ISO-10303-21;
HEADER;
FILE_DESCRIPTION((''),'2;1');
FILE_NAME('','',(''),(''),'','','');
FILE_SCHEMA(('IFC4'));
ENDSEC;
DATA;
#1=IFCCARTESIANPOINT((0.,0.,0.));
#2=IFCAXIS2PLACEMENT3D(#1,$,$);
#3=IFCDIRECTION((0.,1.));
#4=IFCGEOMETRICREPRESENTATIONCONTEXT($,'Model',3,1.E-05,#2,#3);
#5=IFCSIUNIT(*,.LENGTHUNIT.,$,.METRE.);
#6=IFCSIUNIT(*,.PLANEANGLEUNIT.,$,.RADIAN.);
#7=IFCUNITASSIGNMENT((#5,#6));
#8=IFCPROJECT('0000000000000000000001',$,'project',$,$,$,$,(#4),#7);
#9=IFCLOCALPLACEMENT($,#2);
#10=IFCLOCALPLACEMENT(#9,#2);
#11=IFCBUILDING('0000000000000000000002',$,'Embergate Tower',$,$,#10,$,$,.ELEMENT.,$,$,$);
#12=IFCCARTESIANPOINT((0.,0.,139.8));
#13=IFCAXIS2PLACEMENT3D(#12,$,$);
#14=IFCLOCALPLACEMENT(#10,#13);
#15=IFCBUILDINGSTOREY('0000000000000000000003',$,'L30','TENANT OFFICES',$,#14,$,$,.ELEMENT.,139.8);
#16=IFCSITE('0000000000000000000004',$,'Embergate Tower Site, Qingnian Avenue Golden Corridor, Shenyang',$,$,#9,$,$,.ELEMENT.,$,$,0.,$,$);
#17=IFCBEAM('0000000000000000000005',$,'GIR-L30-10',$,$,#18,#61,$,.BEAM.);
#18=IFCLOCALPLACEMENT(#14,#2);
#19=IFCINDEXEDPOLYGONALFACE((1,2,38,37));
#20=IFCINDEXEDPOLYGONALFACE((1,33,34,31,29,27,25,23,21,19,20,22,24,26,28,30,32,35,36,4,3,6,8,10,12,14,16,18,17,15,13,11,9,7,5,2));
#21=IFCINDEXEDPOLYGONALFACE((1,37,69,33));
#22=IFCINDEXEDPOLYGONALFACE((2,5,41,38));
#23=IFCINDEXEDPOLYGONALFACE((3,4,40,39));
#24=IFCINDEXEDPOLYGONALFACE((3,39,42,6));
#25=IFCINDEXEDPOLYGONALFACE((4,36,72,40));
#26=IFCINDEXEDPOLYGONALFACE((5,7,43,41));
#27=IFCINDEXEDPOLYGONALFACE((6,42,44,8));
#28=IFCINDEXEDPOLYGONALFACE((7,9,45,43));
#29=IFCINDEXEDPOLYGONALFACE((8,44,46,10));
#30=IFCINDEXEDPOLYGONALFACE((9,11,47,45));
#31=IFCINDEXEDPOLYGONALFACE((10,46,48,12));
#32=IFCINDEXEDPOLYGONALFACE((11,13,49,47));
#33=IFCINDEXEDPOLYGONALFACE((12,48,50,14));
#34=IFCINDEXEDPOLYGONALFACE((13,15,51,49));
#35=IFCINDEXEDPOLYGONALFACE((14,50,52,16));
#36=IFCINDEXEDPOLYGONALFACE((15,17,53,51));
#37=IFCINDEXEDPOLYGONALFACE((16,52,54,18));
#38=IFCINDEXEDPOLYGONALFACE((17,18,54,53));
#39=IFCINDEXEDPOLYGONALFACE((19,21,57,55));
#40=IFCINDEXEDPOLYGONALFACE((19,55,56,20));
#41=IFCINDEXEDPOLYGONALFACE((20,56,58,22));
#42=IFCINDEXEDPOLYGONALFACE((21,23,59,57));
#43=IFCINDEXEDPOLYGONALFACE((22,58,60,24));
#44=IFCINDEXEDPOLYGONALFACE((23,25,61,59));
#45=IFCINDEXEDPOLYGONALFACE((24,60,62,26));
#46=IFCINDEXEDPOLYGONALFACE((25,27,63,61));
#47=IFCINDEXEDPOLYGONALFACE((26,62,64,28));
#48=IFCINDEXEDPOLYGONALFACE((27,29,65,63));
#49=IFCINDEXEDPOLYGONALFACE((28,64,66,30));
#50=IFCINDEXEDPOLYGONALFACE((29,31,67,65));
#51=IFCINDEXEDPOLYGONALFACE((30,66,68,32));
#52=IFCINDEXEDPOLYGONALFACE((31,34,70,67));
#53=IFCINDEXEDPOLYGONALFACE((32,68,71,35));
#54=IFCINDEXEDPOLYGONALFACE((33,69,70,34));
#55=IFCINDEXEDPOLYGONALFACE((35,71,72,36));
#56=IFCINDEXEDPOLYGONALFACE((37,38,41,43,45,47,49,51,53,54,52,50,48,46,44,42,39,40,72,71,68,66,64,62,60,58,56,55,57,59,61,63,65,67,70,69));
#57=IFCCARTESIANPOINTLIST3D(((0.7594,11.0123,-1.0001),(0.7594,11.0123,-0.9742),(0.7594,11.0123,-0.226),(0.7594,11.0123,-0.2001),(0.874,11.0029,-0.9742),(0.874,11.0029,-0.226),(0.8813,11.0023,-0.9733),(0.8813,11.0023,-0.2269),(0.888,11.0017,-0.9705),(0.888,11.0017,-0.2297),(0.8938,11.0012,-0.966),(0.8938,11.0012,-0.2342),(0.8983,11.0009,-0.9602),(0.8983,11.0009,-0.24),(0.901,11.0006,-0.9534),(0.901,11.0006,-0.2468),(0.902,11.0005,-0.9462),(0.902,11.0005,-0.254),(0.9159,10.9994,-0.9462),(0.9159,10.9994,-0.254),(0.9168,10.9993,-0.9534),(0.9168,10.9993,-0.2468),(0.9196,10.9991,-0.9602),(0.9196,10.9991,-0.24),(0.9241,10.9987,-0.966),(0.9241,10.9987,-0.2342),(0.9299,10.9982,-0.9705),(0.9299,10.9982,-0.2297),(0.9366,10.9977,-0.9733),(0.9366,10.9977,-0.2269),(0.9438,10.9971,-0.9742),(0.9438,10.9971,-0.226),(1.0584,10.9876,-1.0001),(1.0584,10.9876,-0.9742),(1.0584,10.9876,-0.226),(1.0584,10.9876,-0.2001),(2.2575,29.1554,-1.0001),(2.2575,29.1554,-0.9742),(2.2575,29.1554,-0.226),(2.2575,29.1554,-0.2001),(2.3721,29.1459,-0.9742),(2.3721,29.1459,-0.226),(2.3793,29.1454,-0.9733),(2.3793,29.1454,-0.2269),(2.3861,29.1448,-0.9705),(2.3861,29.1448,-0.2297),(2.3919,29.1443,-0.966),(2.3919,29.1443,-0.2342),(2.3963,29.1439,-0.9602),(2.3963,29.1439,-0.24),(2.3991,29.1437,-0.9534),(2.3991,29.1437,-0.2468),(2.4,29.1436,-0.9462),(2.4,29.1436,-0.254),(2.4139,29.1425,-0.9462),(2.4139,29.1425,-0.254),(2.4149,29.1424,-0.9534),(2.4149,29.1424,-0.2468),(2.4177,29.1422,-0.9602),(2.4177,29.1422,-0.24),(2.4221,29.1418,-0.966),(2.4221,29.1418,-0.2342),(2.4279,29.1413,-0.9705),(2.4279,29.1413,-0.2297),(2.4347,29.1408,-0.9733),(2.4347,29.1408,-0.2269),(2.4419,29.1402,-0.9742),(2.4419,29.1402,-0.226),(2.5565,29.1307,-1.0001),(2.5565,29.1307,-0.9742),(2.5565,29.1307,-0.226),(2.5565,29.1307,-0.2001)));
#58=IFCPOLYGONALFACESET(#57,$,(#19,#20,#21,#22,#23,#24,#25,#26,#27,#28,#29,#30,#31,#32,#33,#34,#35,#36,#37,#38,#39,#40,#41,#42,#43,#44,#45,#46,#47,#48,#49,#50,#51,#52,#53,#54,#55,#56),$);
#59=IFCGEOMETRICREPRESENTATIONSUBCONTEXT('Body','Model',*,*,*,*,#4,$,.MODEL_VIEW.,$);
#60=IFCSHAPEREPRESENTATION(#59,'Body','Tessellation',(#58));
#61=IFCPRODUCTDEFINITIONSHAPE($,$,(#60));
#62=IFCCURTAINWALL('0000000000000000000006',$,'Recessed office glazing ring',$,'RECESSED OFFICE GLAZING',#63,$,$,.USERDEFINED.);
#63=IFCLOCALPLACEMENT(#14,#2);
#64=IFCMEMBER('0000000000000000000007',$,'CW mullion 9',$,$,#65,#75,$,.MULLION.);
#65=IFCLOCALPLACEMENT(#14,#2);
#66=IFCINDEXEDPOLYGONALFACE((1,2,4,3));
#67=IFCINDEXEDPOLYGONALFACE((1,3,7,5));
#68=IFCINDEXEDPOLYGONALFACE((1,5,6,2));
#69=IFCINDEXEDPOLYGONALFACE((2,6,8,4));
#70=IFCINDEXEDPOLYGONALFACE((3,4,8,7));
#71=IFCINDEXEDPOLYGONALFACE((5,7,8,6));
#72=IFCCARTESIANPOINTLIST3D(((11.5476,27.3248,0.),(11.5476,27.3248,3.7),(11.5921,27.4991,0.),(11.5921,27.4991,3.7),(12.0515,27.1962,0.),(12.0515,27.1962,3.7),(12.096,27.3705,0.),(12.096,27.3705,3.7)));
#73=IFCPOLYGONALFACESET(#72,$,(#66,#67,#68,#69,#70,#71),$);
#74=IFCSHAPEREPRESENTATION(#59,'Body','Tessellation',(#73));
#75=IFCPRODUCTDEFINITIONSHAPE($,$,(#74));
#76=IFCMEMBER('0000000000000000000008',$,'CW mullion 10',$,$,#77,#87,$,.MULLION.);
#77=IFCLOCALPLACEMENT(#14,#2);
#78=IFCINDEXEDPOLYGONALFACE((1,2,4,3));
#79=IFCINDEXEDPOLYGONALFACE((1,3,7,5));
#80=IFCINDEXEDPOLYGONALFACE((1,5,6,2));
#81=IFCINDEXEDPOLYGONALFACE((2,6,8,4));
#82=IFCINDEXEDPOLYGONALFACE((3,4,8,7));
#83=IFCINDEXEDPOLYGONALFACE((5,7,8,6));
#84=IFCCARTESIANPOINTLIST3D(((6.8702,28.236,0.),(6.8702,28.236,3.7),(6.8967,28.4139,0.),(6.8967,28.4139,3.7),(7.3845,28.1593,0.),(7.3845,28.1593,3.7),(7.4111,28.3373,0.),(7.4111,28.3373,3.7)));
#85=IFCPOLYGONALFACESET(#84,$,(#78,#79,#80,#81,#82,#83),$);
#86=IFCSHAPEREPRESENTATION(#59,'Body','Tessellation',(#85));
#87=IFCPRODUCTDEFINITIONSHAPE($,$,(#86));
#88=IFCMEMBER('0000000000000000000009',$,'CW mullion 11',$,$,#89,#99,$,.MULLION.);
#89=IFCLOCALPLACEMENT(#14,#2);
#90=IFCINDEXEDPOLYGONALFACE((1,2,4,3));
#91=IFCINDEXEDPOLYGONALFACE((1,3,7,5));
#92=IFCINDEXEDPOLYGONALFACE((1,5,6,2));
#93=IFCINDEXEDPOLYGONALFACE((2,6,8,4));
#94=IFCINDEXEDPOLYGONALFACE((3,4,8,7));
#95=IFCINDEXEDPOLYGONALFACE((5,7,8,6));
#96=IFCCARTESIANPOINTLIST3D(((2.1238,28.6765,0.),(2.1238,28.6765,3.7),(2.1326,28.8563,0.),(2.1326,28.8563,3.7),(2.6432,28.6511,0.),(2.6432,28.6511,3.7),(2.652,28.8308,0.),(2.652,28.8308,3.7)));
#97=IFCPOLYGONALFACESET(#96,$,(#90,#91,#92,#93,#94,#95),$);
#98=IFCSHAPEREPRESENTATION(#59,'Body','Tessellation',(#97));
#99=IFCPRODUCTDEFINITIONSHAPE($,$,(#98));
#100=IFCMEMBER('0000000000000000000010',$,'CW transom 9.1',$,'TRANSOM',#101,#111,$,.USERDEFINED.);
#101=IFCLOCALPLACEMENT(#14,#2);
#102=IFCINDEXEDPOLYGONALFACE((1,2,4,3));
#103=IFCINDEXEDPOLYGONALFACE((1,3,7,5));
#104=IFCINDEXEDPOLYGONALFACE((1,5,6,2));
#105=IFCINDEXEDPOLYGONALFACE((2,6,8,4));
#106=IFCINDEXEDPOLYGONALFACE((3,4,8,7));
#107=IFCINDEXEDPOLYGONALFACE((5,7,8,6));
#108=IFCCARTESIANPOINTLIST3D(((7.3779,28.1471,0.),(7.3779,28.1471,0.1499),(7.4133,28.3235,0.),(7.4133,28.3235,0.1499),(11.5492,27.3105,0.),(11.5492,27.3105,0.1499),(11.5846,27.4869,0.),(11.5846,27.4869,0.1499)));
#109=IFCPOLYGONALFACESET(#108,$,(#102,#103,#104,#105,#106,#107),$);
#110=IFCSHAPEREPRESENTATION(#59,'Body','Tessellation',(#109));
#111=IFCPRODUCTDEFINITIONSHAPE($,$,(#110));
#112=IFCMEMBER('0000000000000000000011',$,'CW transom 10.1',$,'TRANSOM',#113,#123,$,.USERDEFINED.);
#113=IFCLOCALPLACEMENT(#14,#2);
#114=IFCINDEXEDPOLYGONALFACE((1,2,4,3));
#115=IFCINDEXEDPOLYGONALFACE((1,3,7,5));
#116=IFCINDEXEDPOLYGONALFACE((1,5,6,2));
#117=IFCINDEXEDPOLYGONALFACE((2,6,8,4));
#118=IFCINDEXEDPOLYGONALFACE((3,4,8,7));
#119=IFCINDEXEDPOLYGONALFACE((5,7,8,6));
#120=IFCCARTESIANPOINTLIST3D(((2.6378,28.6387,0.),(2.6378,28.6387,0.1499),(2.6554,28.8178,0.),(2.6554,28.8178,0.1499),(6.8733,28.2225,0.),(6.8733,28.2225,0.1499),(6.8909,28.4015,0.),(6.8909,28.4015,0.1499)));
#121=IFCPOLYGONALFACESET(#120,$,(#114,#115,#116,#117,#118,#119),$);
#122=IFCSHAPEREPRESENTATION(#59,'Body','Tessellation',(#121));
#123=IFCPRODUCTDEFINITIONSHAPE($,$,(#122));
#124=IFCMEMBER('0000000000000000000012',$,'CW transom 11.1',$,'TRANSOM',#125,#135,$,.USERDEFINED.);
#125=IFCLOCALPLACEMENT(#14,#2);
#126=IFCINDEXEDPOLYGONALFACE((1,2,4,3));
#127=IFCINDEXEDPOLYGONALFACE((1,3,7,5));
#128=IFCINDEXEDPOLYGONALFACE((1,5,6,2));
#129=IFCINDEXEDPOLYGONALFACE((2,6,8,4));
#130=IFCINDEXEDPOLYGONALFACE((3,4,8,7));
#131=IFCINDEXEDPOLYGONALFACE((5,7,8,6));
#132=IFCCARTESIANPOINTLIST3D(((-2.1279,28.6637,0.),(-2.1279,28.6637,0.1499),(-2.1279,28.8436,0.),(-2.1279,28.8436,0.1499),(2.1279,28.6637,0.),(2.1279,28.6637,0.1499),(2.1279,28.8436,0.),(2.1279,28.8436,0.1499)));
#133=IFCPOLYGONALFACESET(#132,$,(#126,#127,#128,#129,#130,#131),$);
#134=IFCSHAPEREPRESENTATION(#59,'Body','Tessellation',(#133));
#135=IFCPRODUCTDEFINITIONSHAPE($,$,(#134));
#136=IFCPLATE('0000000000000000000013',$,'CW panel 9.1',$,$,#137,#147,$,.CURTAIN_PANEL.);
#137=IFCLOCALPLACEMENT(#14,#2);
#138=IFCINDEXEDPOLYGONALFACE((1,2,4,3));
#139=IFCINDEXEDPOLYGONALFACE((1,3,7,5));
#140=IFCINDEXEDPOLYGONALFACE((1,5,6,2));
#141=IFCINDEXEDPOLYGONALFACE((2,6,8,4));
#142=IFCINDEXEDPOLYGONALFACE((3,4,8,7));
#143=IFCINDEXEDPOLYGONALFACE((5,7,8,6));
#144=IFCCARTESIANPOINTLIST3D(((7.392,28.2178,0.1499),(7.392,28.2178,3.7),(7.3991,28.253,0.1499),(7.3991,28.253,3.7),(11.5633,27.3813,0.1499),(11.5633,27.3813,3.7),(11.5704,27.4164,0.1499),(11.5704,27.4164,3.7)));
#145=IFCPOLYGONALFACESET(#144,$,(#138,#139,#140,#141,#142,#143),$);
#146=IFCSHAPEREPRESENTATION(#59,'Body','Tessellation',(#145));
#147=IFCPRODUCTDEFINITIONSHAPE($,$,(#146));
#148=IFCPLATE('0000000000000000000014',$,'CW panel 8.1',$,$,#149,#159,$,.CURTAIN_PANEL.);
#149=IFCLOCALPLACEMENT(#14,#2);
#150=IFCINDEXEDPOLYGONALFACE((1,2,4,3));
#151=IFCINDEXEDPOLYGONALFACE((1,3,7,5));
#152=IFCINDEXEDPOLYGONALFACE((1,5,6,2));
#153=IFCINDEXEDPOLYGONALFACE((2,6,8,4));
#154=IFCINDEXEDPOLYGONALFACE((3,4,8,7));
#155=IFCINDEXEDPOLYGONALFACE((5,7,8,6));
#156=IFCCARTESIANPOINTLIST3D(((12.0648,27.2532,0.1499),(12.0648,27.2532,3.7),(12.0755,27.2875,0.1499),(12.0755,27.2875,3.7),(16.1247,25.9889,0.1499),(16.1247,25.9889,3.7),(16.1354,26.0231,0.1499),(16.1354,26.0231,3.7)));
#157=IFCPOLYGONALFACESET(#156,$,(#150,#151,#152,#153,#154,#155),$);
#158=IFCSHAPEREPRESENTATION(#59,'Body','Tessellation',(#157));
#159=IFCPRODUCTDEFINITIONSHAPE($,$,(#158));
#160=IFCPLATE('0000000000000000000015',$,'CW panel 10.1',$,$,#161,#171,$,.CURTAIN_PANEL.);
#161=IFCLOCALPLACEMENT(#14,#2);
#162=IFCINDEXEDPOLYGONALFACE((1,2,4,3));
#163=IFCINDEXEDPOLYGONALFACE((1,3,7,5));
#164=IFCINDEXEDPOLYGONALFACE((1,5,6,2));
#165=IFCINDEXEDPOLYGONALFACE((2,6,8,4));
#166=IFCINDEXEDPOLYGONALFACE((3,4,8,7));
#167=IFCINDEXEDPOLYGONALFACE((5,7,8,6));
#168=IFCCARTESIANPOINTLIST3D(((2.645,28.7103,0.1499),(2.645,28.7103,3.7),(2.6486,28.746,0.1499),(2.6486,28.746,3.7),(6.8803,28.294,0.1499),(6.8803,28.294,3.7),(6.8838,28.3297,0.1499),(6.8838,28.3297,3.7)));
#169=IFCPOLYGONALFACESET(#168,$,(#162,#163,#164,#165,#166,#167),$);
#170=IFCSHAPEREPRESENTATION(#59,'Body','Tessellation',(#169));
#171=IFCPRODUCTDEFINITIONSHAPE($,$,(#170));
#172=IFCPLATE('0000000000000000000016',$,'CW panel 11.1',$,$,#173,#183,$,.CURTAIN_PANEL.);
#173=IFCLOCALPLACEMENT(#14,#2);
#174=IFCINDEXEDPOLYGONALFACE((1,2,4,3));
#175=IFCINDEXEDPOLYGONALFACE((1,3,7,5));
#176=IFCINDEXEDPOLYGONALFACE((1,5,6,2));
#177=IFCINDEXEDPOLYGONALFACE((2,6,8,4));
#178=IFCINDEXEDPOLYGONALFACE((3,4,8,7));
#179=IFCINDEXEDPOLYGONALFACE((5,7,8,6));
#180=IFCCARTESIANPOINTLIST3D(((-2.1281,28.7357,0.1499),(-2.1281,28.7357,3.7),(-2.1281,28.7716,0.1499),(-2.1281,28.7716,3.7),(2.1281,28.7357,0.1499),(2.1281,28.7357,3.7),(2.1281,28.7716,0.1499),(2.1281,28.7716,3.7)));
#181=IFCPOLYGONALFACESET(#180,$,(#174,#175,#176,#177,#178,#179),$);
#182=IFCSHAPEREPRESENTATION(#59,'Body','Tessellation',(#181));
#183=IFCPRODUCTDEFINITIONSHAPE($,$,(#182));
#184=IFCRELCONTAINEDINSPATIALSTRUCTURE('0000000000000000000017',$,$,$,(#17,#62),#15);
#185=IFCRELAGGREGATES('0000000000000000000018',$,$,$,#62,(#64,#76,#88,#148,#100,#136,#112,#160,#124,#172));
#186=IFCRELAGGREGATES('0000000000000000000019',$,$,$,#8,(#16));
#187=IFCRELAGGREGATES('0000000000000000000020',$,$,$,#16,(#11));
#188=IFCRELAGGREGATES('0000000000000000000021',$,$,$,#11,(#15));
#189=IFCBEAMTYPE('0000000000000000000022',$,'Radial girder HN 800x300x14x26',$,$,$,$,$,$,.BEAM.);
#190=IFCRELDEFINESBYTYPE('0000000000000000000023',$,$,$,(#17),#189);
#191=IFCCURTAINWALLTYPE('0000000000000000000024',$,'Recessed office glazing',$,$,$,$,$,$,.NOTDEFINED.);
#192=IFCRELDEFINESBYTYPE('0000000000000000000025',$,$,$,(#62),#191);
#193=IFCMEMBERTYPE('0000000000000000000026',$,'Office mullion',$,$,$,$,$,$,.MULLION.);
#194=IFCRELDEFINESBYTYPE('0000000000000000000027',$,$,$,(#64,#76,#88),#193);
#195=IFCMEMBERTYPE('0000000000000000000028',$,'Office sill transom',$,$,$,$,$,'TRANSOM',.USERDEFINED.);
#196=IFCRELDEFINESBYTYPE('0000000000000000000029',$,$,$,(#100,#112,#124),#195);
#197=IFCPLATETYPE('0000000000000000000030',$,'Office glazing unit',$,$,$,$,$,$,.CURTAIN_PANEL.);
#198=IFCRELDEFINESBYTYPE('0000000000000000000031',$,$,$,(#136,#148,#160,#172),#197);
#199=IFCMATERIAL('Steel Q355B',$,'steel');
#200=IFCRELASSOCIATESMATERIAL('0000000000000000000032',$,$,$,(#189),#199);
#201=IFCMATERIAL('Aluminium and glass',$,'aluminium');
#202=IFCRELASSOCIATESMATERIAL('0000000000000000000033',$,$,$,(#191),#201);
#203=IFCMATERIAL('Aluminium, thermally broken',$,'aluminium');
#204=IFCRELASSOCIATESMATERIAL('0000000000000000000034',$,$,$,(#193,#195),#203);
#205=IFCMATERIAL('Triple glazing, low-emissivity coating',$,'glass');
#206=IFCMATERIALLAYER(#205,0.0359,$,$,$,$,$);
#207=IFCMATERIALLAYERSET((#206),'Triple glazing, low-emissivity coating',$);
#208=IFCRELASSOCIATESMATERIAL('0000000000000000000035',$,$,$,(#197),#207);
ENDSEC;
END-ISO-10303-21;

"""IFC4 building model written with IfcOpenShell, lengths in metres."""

from ifc_helpers import new_model, si_unit, direction, frame, origin, origin_2d, place, context, subcontext, project, spatial, rectangle, i_section, extrude, source, transform, mapped, material, layer, layer_set, material_profile, profile_set, type_object, element, aggregate, save


model = new_model("IFC4")

# Units and contexts
model_context = context("Model", 3, precision=1e-05, world=origin(), true_north=direction((0.0, 1.0)))
body_context = subcontext(model_context, "Body", "Model", "MODEL_VIEW")
ifc_project = project(units=[si_unit("LENGTHUNIT", "METRE"), si_unit("PLANEANGLEUNIT", "RADIAN")], contexts=[model_context])

# Site, building, storey
site_placement = place(None, origin())
site = spatial("IfcSite", under=ifc_project, at=site_placement, Name="Embergate Tower Site, Qingnian Avenue Golden Corridor, Shenyang", CompositionType="ELEMENT", RefElevation=0.0)
building_placement = place(site_placement, origin())
building = spatial("IfcBuilding", under=site, at=building_placement, Name="Embergate Tower", CompositionType="ELEMENT")
storey_placement = place(building_placement, frame((0.0, 0.0, 139.8)))
storey = spatial("IfcBuildingStorey", under=building, at=storey_placement, Name="L30", Description="TENANT OFFICES", CompositionType="ELEMENT", Elevation=139.8)

# Beam
ifc_material_1 = material(Name="Steel Q355B", Category="steel")
ifc_material_profile_1 = material_profile(ifc_material_1, i_section(OverallWidth=0.3, OverallDepth=0.8, WebThickness=0.0139, FlangeThickness=0.0259, FilletRadius=0.0281, at=origin_2d()), Name="HN 800x300x14x26")
ifc_profile_set_1 = profile_set([ifc_material_profile_1], Name="Steel Q355 grade B")
beam_type_1 = type_object("IfcBeamType", Name="Radial girder HN 800x300x14x26", PredefinedType="BEAM", material=ifc_profile_set_1)
shared_shape_1 = source(origin(), body_context, "Body", "SweptSolid", [
    extrude(i_section(OverallWidth=0.3, OverallDepth=0.8, WebThickness=0.0139, FlangeThickness=0.0259, FilletRadius=0.0281, at=origin_2d()), origin(), (0.0, 0.0, 1.0), 18.2048),
])
beam_1_placement = place(storey_placement, frame((2.407, 29.1431, -0.6001), z_axis=(-0.082289, -0.996609, 0.0), x_axis=(0.996609, -0.082289, 0.0)))
element("IfcBeam", 1, at=beam_1_placement, inside=storey, type_object=beam_type_1, Name="GIR-L30-10", PredefinedType="BEAM", context=body_context, shape_type="MappedRepresentation", body=[
    mapped(shared_shape_1, transform((0.0, 0.0, 0.0))),
])

# Curtain wall, members, plates
ifc_material_2 = material(Name="Aluminium and glass", Category="aluminium")
curtain_wall_type = type_object("IfcCurtainWallType", Name="Recessed office glazing", PredefinedType="NOTDEFINED", material=ifc_material_2)
curtain_wall_placement = place(storey_placement, origin())
curtain_wall = element("IfcCurtainWall", 2, at=curtain_wall_placement, inside=storey, type_object=curtain_wall_type, Name="Recessed office glazing ring", ObjectType="RECESSED OFFICE GLAZING", PredefinedType="USERDEFINED")
ifc_material_3 = material(Name="Aluminium, thermally broken", Category="aluminium")
ifc_material_profile_2 = material_profile(ifc_material_3, rectangle(XDim=0.1799, YDim=0.52, at=origin_2d()), Name="AL 520x180")
ifc_profile_set_2 = profile_set([ifc_material_profile_2], Name="Aluminium, thermally broken")
member_type_1 = type_object("IfcMemberType", Name="Office mullion", PredefinedType="MULLION", material=ifc_profile_set_2)
shared_shape_2 = source(origin(), body_context, "Body", "SweptSolid", [
    extrude(rectangle(XDim=0.1799, YDim=0.52, at=origin_2d()), origin(), (0.0, 0.0, 1.0), 3.7),
])
member_1_placement = place(storey_placement, frame((11.8218, 27.3477, 0.0), z_axis=(0.0, 0.0, 1.0), x_axis=(-0.24731, -0.968936, 0.0)))
member_1 = element("IfcMember", 3, at=member_1_placement, type_object=member_type_1, Name="CW mullion 9", PredefinedType="MULLION", context=body_context, shape_type="MappedRepresentation", body=[
    mapped(shared_shape_2, transform((0.0, 0.0, 0.0))),
])
member_2_placement = place(storey_placement, frame((7.1406, 28.2866, 0.0), z_axis=(0.0, 0.0, 1.0), x_axis=(-0.147411, -0.989075, 0.0)))
member_2 = element("IfcMember", 4, at=member_2_placement, type_object=member_type_1, Name="CW mullion 10", PredefinedType="MULLION", context=body_context, shape_type="MappedRepresentation", body=[
    mapped(shared_shape_2, transform((0.0, 0.0, 0.0))),
])
member_3_placement = place(storey_placement, frame((2.3879, 28.7537, 0.0), z_axis=(0.0, 0.0, 1.0), x_axis=(-0.048972, -0.9988, 0.0)))
member_3 = element("IfcMember", 5, at=member_3_placement, type_object=member_type_1, Name="CW mullion 11", PredefinedType="MULLION", context=body_context, shape_type="MappedRepresentation", body=[
    mapped(shared_shape_2, transform((0.0, 0.0, 0.0))),
])
ifc_material_profile_3 = material_profile(ifc_material_3, rectangle(XDim=0.1799, YDim=0.1499, at=origin_2d()), Name="AL 150x180")
ifc_profile_set_3 = profile_set([ifc_material_profile_3], Name="Aluminium, thermally broken")
member_type_2 = type_object("IfcMemberType", Name="Office sill transom", ElementType="TRANSOM", PredefinedType="USERDEFINED", material=ifc_profile_set_3)
shared_shape_3 = source(origin(), body_context, "Body", "SweptSolid", [
    extrude(rectangle(XDim=0.1799, YDim=0.1499, at=origin_2d()), origin(), (0.0, 0.0, 1.0), 4.2544),
])
member_4_placement = place(storey_placement, frame((11.5669, 27.3987, 0.075), z_axis=(-0.980472, 0.196657, 0.0), x_axis=(-0.196657, -0.980472, 0.0)))
member_4 = element("IfcMember", 6, at=member_4_placement, type_object=member_type_2, Name="CW transom 9.1", ObjectType="TRANSOM", PredefinedType="USERDEFINED", context=body_context, shape_type="MappedRepresentation", body=[
    mapped(shared_shape_3, transform((0.0, 0.0, 0.0))),
])
shared_shape_4 = source(origin(), body_context, "Body", "SweptSolid", [
    extrude(rectangle(XDim=0.1799, YDim=0.1499, at=origin_2d()), origin(), (0.0, 0.0, 1.0), 4.2559),
])
member_5_placement = place(storey_placement, frame((6.8821, 28.312, 0.075), z_axis=(-0.995205, 0.097811, 0.0), x_axis=(-0.097811, -0.995205, 0.0)))
member_5 = element("IfcMember", 7, at=member_5_placement, type_object=member_type_2, Name="CW transom 10.1", ObjectType="TRANSOM", PredefinedType="USERDEFINED", context=body_context, shape_type="MappedRepresentation", body=[
    mapped(shared_shape_4, transform((0.0, 0.0, 0.0))),
])
member_6_placement = place(storey_placement, frame((2.1279, 28.7537, 0.075), z_axis=(-1.0, 0.0, 0.0), x_axis=(0.0, -1.0, 0.0)))
member_6 = element("IfcMember", 8, at=member_6_placement, type_object=member_type_2, Name="CW transom 11.1", ObjectType="TRANSOM", PredefinedType="USERDEFINED", context=body_context, shape_type="MappedRepresentation", body=[
    mapped(shared_shape_4, transform((0.0, 0.0, 0.0))),
])
ifc_material_4 = material(Name="Triple glazing, low-emissivity coating", Category="glass")
ifc_layer_1 = layer(ifc_material_4, 0.0359)
ifc_layer_set_1 = layer_set([ifc_layer_1], Name="Triple glazing, low-emissivity coating")
plate_type = type_object("IfcPlateType", Name="Office glazing unit", PredefinedType="CURTAIN_PANEL", material=ifc_layer_set_1)
shared_shape_5 = source(origin(), body_context, "Body", "SweptSolid", [
    extrude(rectangle(XDim=4.2544, YDim=0.0359, at=origin_2d()), origin(), (0.0, 0.0, 1.0), 3.55),
])
plate_1_placement = place(storey_placement, frame((9.4812, 27.8171, 0.1499), z_axis=(0.0, 0.0, 1.0), x_axis=(-0.980476, 0.196638, 0.0)))
plate_1 = element("IfcPlate", 9, at=plate_1_placement, type_object=plate_type, Name="CW panel 9.1", PredefinedType="CURTAIN_PANEL", context=body_context, shape_type="MappedRepresentation", body=[
    mapped(shared_shape_5, transform((0.0, 0.0, 0.0))),
])
shared_shape_6 = source(origin(), body_context, "Body", "SweptSolid", [
    extrude(rectangle(XDim=4.2522, YDim=0.0359, at=origin_2d()), origin(), (0.0, 0.0, 1.0), 3.55),
])
plate_2_placement = place(storey_placement, frame((14.1001, 26.6382, 0.1499), z_axis=(0.0, 0.0, 1.0), x_axis=(-0.954773, 0.297337, 0.0)))
plate_2 = element("IfcPlate", 10, at=plate_2_placement, type_object=plate_type, Name="CW panel 8.1", PredefinedType="CURTAIN_PANEL", context=body_context, shape_type="MappedRepresentation", body=[
    mapped(shared_shape_6, transform((0.0, 0.0, 0.0))),
])
shared_shape_7 = source(origin(), body_context, "Body", "SweptSolid", [
    extrude(rectangle(XDim=4.2556, YDim=0.0359, at=origin_2d()), origin(), (0.0, 0.0, 1.0), 3.55),
])
plate_3_placement = place(storey_placement, frame((4.7644, 28.52, 0.1499), z_axis=(0.0, 0.0, 1.0), x_axis=(-0.995203, 0.097828, 0.0)))
plate_3 = element("IfcPlate", 11, at=plate_3_placement, type_object=plate_type, Name="CW panel 10.1", PredefinedType="CURTAIN_PANEL", context=body_context, shape_type="MappedRepresentation", body=[
    mapped(shared_shape_7, transform((0.0, 0.0, 0.0))),
])
shared_shape_8 = source(origin(), body_context, "Body", "SweptSolid", [
    extrude(rectangle(XDim=4.2561, YDim=0.0359, at=origin_2d()), origin(), (0.0, 0.0, 1.0), 3.55),
])
plate_4_placement = place(storey_placement, frame((0.0, 28.7537, 0.1499), z_axis=(0.0, 0.0, 1.0), x_axis=(-1.0, 0.0, 0.0)))
plate_4 = element("IfcPlate", 12, at=plate_4_placement, type_object=plate_type, Name="CW panel 11.1", PredefinedType="CURTAIN_PANEL", context=body_context, shape_type="MappedRepresentation", body=[
    mapped(shared_shape_8, transform((0.0, 0.0, 0.0))),
])
aggregate(curtain_wall, [member_1, member_2, member_3, plate_2, member_4, plate_1, member_5, plate_3, member_6, plate_4])

save(model, "model.ifc")
